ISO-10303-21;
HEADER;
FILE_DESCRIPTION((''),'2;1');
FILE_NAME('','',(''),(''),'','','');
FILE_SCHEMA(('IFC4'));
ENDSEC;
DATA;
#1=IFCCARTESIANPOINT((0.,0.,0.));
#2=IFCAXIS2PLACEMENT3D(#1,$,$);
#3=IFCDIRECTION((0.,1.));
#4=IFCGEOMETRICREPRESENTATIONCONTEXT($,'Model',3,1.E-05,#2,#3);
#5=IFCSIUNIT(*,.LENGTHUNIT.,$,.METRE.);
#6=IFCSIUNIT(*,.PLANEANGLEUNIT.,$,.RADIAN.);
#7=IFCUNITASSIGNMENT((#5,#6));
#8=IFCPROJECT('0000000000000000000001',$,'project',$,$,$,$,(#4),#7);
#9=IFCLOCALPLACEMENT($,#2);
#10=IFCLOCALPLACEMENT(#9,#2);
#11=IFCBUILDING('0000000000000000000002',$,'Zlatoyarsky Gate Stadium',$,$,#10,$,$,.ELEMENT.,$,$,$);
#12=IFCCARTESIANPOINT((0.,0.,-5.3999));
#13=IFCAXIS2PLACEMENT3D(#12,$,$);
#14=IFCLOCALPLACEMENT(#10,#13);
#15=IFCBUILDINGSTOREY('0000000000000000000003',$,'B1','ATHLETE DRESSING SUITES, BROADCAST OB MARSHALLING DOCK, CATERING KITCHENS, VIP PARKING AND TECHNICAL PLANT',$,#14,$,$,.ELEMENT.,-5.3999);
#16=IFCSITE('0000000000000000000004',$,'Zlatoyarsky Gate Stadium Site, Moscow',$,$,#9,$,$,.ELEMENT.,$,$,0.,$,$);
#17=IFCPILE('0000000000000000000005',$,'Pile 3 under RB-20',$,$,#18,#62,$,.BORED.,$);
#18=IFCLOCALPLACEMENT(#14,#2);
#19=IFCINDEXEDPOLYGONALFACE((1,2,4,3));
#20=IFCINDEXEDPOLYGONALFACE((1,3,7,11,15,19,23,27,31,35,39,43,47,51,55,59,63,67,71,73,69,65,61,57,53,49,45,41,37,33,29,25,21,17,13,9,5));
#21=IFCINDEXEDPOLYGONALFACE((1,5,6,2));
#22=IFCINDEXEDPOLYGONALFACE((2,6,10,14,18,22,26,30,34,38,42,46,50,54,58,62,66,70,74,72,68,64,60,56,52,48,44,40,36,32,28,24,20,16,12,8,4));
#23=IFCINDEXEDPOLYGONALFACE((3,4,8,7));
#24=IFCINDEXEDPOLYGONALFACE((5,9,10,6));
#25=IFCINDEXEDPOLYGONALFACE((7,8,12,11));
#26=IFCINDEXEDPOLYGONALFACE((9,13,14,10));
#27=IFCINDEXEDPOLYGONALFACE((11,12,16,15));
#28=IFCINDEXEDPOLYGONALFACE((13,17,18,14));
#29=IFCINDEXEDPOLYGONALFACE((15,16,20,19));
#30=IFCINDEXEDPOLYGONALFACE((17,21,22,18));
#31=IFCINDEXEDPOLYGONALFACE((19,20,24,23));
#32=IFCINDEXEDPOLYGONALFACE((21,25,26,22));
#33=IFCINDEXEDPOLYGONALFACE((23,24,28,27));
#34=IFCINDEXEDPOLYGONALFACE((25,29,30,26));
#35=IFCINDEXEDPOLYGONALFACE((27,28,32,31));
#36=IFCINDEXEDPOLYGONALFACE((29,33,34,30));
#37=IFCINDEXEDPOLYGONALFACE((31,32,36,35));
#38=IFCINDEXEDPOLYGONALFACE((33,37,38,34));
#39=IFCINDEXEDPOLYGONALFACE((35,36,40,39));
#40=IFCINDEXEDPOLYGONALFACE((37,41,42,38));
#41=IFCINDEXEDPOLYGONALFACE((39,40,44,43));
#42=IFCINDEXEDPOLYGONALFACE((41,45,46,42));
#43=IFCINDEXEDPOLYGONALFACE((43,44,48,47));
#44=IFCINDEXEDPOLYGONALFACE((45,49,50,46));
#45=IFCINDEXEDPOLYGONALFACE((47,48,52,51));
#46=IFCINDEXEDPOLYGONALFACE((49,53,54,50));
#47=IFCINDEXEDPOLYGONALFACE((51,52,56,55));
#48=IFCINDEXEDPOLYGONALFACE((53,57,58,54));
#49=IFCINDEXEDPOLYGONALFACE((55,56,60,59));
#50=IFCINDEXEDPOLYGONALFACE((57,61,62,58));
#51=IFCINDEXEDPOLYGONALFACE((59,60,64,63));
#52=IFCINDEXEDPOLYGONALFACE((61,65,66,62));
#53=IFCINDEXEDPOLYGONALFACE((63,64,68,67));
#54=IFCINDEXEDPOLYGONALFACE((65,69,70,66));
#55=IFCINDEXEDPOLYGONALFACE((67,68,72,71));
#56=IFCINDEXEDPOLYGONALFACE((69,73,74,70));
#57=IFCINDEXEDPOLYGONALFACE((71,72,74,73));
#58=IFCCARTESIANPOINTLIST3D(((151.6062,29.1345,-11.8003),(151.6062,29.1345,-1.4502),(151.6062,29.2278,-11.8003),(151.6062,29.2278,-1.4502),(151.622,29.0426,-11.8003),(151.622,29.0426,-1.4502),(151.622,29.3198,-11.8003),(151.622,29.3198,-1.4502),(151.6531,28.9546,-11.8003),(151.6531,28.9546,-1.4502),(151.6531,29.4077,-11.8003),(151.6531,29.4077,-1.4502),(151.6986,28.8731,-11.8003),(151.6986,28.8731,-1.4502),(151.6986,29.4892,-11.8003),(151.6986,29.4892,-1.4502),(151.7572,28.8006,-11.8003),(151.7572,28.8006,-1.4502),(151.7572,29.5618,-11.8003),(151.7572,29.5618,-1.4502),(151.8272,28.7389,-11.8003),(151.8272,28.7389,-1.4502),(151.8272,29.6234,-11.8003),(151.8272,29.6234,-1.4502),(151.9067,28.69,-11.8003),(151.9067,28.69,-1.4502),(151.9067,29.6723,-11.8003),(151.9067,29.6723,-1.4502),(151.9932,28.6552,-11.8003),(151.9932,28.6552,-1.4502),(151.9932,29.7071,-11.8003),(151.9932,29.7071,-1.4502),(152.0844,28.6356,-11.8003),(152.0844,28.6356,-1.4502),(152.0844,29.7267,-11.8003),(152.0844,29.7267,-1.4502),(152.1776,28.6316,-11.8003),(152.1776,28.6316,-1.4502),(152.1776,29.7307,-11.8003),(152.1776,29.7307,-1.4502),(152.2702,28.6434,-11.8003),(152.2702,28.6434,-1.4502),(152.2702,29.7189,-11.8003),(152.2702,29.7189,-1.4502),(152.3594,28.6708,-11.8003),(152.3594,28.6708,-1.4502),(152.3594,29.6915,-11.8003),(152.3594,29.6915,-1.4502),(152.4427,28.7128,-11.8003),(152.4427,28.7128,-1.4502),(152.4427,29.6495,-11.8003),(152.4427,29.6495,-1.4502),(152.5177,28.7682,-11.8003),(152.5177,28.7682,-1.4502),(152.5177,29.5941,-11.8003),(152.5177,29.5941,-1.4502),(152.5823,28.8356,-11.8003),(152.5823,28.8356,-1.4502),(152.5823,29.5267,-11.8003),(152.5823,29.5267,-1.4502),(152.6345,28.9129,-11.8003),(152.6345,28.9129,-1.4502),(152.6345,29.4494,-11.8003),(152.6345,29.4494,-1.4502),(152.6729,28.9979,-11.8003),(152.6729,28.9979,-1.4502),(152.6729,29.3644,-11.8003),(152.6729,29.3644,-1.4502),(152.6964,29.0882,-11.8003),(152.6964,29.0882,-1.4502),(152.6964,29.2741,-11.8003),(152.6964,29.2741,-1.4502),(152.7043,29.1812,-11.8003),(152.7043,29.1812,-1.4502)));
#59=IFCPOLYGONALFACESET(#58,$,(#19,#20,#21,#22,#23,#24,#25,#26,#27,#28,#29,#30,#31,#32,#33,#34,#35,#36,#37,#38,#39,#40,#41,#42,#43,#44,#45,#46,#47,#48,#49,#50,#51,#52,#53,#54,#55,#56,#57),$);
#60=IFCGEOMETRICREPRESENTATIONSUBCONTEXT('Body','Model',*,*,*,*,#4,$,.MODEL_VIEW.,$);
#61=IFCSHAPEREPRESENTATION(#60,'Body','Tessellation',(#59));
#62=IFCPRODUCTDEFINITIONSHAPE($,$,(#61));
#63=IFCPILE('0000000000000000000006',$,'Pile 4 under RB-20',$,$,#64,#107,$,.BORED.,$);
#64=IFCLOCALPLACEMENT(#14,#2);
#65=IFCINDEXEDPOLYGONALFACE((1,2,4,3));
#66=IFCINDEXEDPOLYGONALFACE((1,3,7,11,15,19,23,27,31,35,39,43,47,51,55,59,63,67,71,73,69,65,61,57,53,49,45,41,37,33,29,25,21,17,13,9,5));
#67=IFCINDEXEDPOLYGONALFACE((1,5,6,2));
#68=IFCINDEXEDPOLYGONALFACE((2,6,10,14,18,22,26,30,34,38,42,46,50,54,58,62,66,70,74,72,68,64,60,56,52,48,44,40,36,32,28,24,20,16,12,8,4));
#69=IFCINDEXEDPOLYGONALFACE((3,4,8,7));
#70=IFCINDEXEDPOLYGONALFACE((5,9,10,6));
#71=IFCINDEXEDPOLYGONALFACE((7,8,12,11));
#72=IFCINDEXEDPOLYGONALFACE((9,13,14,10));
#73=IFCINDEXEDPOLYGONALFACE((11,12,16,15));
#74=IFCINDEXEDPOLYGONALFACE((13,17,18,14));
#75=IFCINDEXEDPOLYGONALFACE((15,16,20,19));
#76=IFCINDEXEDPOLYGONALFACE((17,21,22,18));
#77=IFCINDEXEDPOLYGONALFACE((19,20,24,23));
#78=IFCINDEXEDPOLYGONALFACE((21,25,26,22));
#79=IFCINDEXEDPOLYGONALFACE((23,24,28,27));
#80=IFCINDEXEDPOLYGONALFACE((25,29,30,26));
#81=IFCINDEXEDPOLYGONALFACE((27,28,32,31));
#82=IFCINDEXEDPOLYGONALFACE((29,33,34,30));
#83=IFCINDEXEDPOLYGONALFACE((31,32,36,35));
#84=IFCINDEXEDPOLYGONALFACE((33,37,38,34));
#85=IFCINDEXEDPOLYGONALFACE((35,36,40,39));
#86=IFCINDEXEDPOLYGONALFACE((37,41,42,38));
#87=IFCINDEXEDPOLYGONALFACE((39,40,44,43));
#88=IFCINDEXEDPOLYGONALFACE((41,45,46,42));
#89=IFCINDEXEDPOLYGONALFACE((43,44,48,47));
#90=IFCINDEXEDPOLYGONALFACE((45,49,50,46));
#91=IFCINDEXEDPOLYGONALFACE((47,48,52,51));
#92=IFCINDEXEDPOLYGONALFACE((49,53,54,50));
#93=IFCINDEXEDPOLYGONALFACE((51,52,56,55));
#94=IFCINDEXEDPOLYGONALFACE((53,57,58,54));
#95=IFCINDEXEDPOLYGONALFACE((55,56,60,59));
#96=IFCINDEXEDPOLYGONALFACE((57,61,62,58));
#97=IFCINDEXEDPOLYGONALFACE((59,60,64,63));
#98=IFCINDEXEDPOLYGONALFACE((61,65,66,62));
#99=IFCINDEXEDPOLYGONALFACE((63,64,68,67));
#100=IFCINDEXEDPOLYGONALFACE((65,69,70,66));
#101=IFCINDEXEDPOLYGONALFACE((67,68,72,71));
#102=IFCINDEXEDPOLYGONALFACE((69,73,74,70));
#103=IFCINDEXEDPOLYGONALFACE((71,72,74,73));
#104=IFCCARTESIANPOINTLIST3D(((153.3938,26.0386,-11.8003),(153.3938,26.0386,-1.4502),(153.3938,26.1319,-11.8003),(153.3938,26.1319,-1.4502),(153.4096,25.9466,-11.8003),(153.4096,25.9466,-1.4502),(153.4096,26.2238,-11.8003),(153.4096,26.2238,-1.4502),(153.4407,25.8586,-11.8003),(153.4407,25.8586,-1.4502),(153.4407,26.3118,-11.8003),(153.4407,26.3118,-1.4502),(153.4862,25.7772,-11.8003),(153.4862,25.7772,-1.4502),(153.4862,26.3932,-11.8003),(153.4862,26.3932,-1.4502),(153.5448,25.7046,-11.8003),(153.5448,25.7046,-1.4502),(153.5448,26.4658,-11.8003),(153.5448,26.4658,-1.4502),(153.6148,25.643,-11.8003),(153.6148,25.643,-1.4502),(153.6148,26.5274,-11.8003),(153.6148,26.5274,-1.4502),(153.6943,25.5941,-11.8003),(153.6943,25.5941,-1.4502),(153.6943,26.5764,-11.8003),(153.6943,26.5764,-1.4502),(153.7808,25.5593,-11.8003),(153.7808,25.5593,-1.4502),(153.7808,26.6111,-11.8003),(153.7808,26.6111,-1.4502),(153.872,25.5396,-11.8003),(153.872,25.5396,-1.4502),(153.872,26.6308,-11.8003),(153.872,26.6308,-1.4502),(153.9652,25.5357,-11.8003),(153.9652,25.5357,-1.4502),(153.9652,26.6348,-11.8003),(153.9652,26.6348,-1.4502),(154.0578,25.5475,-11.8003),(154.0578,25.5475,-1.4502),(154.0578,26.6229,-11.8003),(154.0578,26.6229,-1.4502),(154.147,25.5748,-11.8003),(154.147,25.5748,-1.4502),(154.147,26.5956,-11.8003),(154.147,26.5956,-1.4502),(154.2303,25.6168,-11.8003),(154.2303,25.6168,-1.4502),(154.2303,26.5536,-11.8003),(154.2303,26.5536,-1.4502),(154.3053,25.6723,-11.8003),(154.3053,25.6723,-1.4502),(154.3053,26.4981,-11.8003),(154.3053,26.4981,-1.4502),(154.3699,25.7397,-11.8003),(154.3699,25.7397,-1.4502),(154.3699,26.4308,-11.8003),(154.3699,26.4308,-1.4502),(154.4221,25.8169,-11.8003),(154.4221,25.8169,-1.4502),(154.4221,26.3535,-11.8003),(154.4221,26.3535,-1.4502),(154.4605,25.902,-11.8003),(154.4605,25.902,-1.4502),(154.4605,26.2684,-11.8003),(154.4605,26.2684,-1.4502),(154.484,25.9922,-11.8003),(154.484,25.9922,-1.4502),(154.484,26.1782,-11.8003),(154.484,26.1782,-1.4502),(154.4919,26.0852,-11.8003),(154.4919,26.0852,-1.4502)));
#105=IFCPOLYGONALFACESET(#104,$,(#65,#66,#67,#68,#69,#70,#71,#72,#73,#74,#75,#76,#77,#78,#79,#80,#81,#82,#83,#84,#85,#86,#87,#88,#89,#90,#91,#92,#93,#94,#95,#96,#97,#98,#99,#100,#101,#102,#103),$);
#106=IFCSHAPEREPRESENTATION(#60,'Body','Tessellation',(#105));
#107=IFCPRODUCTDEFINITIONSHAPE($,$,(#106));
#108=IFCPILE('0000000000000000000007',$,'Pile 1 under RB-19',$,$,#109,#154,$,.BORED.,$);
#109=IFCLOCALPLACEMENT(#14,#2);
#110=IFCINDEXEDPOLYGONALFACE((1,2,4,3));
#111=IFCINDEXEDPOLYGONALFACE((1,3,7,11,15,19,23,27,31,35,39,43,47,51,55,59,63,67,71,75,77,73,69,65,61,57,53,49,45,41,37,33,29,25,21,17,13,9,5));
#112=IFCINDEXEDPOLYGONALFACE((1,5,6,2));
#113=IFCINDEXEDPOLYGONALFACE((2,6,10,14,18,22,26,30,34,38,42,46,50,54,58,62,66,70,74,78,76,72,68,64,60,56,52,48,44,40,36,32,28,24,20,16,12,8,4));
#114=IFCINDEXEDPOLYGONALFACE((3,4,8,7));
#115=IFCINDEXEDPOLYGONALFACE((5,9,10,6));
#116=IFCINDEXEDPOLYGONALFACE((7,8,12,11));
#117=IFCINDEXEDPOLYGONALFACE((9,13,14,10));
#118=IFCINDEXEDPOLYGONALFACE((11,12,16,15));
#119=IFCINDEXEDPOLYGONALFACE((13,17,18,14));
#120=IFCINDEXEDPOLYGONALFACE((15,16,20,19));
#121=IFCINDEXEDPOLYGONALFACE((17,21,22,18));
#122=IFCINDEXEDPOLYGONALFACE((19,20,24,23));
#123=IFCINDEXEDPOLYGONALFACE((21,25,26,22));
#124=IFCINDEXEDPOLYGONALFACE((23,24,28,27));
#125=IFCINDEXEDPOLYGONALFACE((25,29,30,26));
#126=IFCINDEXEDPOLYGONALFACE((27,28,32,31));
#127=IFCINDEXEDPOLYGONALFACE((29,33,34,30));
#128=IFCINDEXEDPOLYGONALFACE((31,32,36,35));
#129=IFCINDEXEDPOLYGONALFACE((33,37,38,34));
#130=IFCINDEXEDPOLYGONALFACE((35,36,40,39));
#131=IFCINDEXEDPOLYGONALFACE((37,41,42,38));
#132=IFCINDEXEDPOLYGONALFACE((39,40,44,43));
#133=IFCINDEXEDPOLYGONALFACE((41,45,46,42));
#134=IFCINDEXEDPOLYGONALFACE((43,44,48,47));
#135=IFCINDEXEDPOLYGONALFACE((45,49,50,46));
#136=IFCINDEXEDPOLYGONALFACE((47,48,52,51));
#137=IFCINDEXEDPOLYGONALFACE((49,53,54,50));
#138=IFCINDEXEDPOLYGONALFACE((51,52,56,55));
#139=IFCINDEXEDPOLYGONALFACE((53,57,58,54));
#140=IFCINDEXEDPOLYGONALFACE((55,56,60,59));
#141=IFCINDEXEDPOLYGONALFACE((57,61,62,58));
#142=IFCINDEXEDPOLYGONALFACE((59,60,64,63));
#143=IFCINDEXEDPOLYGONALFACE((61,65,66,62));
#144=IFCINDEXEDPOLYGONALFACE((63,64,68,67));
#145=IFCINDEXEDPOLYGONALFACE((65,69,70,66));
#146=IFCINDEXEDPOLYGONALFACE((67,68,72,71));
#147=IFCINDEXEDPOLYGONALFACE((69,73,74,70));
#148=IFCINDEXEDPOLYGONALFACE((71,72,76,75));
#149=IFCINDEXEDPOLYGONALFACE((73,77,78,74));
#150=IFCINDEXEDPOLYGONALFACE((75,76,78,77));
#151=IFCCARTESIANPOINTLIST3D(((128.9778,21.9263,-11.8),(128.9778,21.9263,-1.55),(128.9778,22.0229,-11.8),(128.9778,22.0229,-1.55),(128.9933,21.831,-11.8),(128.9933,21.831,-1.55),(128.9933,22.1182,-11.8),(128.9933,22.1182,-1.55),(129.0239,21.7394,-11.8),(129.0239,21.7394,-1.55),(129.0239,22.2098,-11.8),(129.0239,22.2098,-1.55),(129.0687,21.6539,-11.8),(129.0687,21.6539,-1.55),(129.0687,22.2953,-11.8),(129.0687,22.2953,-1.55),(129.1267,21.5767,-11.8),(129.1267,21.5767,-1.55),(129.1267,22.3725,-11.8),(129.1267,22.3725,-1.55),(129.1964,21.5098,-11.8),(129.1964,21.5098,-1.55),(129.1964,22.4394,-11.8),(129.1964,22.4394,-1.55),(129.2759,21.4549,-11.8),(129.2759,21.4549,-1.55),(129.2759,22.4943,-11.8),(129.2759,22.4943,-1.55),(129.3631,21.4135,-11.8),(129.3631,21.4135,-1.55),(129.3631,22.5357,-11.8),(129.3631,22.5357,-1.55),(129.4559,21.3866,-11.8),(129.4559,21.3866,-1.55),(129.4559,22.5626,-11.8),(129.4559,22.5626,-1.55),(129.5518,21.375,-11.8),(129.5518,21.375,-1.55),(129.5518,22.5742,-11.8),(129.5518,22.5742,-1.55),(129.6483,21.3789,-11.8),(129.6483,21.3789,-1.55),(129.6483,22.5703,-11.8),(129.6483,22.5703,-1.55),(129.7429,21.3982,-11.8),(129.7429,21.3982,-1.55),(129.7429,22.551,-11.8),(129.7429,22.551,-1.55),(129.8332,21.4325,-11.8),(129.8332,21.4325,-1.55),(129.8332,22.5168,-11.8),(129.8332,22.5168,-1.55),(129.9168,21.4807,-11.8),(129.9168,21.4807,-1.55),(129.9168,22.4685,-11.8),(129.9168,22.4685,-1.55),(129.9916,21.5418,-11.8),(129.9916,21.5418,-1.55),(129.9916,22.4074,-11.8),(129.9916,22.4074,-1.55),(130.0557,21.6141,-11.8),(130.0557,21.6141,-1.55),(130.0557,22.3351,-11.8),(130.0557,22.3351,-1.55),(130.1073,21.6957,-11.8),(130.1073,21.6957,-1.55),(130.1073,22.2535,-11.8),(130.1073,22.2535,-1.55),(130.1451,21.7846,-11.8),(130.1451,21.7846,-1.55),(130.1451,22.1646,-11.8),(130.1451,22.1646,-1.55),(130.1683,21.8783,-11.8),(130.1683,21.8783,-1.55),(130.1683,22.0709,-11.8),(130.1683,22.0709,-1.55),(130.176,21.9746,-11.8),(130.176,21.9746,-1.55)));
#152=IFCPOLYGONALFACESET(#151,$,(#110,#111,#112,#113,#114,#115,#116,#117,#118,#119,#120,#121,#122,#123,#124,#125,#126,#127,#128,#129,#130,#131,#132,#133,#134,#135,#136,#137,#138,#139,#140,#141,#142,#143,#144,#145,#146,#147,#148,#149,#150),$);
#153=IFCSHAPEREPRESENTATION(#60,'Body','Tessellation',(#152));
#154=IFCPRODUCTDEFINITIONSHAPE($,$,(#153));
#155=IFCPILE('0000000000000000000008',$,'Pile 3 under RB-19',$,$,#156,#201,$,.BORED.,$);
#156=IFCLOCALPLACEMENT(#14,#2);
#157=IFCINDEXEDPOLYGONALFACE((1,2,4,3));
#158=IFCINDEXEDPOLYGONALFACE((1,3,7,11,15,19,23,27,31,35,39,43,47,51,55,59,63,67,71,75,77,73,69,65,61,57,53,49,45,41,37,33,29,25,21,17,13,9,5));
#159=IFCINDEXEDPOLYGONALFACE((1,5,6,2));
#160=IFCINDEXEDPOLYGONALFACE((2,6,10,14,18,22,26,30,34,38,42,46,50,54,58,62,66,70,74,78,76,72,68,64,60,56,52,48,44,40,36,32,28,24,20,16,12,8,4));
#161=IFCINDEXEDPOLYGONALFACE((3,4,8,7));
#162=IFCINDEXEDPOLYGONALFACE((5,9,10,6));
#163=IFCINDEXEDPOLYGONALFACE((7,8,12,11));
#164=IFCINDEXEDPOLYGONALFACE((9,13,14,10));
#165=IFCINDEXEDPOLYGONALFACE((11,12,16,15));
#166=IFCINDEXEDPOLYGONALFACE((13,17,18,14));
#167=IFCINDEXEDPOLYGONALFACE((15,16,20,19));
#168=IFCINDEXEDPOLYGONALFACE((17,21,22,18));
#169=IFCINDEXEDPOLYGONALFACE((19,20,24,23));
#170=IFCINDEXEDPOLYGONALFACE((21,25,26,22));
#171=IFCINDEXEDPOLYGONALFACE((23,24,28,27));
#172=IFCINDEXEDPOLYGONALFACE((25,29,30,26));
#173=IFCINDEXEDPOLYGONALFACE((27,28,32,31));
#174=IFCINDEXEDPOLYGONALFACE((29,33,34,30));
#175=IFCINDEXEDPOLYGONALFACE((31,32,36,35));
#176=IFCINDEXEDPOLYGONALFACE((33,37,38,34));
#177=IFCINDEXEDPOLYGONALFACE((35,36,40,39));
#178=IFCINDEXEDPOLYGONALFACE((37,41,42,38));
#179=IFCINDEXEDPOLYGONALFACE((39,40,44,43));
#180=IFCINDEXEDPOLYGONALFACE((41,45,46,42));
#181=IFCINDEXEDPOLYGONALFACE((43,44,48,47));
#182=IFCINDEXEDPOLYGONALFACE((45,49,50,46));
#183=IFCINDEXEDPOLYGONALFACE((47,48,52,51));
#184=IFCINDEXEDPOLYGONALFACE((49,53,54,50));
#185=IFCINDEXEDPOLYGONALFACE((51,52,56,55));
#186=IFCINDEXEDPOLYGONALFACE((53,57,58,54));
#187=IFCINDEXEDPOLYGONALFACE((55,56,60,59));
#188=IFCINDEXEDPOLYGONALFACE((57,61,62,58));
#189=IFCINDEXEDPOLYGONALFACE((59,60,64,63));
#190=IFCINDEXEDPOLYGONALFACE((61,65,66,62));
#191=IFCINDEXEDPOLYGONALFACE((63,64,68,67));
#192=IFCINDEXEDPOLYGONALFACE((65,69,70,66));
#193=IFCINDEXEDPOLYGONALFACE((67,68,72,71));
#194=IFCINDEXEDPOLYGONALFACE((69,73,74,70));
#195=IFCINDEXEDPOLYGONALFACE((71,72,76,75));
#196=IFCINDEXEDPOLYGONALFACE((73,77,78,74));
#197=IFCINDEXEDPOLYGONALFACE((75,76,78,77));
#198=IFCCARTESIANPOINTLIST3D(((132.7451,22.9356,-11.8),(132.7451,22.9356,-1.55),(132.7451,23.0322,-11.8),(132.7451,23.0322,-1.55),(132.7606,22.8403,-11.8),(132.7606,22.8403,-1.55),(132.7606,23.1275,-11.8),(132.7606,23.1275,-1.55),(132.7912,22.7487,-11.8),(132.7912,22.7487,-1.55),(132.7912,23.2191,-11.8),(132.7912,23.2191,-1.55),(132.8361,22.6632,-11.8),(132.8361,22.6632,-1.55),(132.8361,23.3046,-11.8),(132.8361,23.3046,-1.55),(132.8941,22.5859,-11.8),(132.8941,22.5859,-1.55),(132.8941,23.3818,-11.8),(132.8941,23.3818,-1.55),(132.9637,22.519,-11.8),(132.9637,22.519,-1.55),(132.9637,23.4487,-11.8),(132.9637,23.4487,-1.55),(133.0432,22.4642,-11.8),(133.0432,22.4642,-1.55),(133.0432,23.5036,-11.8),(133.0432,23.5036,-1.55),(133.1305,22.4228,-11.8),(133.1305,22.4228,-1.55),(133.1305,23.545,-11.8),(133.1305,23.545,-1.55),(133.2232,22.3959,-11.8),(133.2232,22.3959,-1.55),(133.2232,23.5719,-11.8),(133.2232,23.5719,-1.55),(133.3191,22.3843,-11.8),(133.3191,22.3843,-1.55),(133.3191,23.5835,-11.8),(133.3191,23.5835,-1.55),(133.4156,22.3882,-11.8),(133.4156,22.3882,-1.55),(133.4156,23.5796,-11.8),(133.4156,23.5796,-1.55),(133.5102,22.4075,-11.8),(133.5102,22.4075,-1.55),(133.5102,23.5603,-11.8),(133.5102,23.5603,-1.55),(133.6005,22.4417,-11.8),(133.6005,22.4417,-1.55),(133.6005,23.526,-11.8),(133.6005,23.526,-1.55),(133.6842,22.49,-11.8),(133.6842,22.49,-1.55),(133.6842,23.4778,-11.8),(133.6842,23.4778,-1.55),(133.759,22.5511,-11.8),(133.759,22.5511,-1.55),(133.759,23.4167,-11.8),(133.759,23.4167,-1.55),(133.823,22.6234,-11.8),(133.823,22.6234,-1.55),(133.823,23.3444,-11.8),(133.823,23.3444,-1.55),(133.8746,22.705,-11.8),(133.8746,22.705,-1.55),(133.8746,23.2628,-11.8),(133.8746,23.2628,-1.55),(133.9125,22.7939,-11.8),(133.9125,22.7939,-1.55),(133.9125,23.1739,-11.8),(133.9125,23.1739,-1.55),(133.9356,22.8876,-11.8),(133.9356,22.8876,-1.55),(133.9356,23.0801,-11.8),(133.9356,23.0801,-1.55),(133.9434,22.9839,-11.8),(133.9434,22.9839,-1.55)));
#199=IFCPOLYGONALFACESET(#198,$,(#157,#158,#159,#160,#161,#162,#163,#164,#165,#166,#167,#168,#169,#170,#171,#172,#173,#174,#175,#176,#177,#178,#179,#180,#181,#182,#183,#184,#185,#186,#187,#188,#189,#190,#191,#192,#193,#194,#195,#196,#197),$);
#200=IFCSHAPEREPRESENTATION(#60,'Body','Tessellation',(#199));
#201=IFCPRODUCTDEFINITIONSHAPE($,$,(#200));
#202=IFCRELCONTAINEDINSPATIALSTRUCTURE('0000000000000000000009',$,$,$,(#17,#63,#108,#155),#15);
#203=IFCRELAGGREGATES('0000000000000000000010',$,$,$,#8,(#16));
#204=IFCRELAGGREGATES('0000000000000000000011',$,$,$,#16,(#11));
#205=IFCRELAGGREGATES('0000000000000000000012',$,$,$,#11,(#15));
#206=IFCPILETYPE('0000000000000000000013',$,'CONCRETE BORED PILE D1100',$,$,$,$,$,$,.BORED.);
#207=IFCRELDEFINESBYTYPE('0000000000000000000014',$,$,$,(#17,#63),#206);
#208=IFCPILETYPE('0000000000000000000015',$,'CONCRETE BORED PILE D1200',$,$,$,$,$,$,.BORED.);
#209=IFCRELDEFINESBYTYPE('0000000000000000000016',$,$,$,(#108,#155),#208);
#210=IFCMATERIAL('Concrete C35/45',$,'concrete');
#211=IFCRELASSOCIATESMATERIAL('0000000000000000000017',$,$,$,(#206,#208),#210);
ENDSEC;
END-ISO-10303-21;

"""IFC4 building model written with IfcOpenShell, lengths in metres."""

from ifc_helpers import new_model, si_unit, direction, frame, origin, origin_2d, place, context, subcontext, project, spatial, circle, extrude, material, material_profile, profile_set, type_object, element, save


model = new_model("IFC4")

# Units and contexts
model_context = context("Model", 3, precision=1e-05, world=origin(), true_north=direction((0.0, 1.0)))
body_context = subcontext(model_context, "Body", "Model", "MODEL_VIEW")
ifc_project = project(units=[si_unit("LENGTHUNIT", "METRE"), si_unit("PLANEANGLEUNIT", "RADIAN")], contexts=[model_context])

# Site, building, storey
site_placement = place(None, origin())
site = spatial("IfcSite", under=ifc_project, at=site_placement, Name="Zlatoyarsky Gate Stadium Site, Moscow", CompositionType="ELEMENT", RefElevation=0.0)
building_placement = place(site_placement, origin())
building = spatial("IfcBuilding", under=site, at=building_placement, Name="Zlatoyarsky Gate Stadium", CompositionType="ELEMENT")
storey_placement = place(building_placement, frame((0.0, 0.0, -5.3999)))
storey = spatial("IfcBuildingStorey", under=building, at=storey_placement, Name="B1", Description="ATHLETE DRESSING SUITES, BROADCAST OB MARSHALLING DOCK, CATERING KITCHENS, VIP PARKING AND TECHNICAL PLANT", CompositionType="ELEMENT", Elevation=-5.3999)

# Piles
ifc_material_1 = material(Name="Concrete C35/45", Category="concrete")
ifc_material_profile_1 = material_profile(ifc_material_1, circle(Radius=0.55, at=origin_2d()), Name="BORED PILE D1100")
ifc_profile_set_1 = profile_set([ifc_material_profile_1], Name="Concrete C35/45")
pile_type_1 = type_object("IfcPileType", Name="CONCRETE BORED PILE D1100", PredefinedType="BORED", material=ifc_profile_set_1)
for number, where, z_axis, x_axis, name in (
    (1, (152.1543, 29.1812, -1.4502), (0.0, 0.0, -1.0), (1.0, 0.0, 0.0), "Pile 3 under RB-20"),
    (2, (153.9419, 26.0852, -1.4502), (0.0, 0.0, -1.0), (1.0, 0.0, 0.0), "Pile 4 under RB-20"),
):
    element("IfcPile", number, at=place(storey_placement, frame(where, z_axis=z_axis, x_axis=x_axis)), inside=storey, type_object=pile_type_1, Name=name, PredefinedType="BORED", context=body_context, shape_type="SweptSolid", body=[
        extrude(circle(Radius=0.55, at=origin_2d()), origin(), (0.0, 0.0, 1.0), 10.3501),
    ])
ifc_material_profile_2 = material_profile(ifc_material_1, circle(Radius=0.6001, at=origin_2d()), Name="BORED PILE D1200")
ifc_profile_set_2 = profile_set([ifc_material_profile_2], Name="Concrete C35/45")
pile_type_2 = type_object("IfcPileType", Name="CONCRETE BORED PILE D1200", PredefinedType="BORED", material=ifc_profile_set_2)
for number, where, z_axis, x_axis, name in (
    (3, (129.5759, 21.9746, -1.55), (0.0, 0.0, -1.0), (1.0, 0.0, 0.0), "Pile 1 under RB-19"),
    (4, (133.3433, 22.9839, -1.55), (0.0, 0.0, -1.0), (1.0, 0.0, 0.0), "Pile 3 under RB-19"),
):
    element("IfcPile", number, at=place(storey_placement, frame(where, z_axis=z_axis, x_axis=x_axis)), inside=storey, type_object=pile_type_2, Name=name, PredefinedType="BORED", context=body_context, shape_type="SweptSolid", body=[
        extrude(circle(Radius=0.6001, at=origin_2d()), origin(), (0.0, 0.0, 1.0), 10.25),
    ])

save(model, "model.ifc")
